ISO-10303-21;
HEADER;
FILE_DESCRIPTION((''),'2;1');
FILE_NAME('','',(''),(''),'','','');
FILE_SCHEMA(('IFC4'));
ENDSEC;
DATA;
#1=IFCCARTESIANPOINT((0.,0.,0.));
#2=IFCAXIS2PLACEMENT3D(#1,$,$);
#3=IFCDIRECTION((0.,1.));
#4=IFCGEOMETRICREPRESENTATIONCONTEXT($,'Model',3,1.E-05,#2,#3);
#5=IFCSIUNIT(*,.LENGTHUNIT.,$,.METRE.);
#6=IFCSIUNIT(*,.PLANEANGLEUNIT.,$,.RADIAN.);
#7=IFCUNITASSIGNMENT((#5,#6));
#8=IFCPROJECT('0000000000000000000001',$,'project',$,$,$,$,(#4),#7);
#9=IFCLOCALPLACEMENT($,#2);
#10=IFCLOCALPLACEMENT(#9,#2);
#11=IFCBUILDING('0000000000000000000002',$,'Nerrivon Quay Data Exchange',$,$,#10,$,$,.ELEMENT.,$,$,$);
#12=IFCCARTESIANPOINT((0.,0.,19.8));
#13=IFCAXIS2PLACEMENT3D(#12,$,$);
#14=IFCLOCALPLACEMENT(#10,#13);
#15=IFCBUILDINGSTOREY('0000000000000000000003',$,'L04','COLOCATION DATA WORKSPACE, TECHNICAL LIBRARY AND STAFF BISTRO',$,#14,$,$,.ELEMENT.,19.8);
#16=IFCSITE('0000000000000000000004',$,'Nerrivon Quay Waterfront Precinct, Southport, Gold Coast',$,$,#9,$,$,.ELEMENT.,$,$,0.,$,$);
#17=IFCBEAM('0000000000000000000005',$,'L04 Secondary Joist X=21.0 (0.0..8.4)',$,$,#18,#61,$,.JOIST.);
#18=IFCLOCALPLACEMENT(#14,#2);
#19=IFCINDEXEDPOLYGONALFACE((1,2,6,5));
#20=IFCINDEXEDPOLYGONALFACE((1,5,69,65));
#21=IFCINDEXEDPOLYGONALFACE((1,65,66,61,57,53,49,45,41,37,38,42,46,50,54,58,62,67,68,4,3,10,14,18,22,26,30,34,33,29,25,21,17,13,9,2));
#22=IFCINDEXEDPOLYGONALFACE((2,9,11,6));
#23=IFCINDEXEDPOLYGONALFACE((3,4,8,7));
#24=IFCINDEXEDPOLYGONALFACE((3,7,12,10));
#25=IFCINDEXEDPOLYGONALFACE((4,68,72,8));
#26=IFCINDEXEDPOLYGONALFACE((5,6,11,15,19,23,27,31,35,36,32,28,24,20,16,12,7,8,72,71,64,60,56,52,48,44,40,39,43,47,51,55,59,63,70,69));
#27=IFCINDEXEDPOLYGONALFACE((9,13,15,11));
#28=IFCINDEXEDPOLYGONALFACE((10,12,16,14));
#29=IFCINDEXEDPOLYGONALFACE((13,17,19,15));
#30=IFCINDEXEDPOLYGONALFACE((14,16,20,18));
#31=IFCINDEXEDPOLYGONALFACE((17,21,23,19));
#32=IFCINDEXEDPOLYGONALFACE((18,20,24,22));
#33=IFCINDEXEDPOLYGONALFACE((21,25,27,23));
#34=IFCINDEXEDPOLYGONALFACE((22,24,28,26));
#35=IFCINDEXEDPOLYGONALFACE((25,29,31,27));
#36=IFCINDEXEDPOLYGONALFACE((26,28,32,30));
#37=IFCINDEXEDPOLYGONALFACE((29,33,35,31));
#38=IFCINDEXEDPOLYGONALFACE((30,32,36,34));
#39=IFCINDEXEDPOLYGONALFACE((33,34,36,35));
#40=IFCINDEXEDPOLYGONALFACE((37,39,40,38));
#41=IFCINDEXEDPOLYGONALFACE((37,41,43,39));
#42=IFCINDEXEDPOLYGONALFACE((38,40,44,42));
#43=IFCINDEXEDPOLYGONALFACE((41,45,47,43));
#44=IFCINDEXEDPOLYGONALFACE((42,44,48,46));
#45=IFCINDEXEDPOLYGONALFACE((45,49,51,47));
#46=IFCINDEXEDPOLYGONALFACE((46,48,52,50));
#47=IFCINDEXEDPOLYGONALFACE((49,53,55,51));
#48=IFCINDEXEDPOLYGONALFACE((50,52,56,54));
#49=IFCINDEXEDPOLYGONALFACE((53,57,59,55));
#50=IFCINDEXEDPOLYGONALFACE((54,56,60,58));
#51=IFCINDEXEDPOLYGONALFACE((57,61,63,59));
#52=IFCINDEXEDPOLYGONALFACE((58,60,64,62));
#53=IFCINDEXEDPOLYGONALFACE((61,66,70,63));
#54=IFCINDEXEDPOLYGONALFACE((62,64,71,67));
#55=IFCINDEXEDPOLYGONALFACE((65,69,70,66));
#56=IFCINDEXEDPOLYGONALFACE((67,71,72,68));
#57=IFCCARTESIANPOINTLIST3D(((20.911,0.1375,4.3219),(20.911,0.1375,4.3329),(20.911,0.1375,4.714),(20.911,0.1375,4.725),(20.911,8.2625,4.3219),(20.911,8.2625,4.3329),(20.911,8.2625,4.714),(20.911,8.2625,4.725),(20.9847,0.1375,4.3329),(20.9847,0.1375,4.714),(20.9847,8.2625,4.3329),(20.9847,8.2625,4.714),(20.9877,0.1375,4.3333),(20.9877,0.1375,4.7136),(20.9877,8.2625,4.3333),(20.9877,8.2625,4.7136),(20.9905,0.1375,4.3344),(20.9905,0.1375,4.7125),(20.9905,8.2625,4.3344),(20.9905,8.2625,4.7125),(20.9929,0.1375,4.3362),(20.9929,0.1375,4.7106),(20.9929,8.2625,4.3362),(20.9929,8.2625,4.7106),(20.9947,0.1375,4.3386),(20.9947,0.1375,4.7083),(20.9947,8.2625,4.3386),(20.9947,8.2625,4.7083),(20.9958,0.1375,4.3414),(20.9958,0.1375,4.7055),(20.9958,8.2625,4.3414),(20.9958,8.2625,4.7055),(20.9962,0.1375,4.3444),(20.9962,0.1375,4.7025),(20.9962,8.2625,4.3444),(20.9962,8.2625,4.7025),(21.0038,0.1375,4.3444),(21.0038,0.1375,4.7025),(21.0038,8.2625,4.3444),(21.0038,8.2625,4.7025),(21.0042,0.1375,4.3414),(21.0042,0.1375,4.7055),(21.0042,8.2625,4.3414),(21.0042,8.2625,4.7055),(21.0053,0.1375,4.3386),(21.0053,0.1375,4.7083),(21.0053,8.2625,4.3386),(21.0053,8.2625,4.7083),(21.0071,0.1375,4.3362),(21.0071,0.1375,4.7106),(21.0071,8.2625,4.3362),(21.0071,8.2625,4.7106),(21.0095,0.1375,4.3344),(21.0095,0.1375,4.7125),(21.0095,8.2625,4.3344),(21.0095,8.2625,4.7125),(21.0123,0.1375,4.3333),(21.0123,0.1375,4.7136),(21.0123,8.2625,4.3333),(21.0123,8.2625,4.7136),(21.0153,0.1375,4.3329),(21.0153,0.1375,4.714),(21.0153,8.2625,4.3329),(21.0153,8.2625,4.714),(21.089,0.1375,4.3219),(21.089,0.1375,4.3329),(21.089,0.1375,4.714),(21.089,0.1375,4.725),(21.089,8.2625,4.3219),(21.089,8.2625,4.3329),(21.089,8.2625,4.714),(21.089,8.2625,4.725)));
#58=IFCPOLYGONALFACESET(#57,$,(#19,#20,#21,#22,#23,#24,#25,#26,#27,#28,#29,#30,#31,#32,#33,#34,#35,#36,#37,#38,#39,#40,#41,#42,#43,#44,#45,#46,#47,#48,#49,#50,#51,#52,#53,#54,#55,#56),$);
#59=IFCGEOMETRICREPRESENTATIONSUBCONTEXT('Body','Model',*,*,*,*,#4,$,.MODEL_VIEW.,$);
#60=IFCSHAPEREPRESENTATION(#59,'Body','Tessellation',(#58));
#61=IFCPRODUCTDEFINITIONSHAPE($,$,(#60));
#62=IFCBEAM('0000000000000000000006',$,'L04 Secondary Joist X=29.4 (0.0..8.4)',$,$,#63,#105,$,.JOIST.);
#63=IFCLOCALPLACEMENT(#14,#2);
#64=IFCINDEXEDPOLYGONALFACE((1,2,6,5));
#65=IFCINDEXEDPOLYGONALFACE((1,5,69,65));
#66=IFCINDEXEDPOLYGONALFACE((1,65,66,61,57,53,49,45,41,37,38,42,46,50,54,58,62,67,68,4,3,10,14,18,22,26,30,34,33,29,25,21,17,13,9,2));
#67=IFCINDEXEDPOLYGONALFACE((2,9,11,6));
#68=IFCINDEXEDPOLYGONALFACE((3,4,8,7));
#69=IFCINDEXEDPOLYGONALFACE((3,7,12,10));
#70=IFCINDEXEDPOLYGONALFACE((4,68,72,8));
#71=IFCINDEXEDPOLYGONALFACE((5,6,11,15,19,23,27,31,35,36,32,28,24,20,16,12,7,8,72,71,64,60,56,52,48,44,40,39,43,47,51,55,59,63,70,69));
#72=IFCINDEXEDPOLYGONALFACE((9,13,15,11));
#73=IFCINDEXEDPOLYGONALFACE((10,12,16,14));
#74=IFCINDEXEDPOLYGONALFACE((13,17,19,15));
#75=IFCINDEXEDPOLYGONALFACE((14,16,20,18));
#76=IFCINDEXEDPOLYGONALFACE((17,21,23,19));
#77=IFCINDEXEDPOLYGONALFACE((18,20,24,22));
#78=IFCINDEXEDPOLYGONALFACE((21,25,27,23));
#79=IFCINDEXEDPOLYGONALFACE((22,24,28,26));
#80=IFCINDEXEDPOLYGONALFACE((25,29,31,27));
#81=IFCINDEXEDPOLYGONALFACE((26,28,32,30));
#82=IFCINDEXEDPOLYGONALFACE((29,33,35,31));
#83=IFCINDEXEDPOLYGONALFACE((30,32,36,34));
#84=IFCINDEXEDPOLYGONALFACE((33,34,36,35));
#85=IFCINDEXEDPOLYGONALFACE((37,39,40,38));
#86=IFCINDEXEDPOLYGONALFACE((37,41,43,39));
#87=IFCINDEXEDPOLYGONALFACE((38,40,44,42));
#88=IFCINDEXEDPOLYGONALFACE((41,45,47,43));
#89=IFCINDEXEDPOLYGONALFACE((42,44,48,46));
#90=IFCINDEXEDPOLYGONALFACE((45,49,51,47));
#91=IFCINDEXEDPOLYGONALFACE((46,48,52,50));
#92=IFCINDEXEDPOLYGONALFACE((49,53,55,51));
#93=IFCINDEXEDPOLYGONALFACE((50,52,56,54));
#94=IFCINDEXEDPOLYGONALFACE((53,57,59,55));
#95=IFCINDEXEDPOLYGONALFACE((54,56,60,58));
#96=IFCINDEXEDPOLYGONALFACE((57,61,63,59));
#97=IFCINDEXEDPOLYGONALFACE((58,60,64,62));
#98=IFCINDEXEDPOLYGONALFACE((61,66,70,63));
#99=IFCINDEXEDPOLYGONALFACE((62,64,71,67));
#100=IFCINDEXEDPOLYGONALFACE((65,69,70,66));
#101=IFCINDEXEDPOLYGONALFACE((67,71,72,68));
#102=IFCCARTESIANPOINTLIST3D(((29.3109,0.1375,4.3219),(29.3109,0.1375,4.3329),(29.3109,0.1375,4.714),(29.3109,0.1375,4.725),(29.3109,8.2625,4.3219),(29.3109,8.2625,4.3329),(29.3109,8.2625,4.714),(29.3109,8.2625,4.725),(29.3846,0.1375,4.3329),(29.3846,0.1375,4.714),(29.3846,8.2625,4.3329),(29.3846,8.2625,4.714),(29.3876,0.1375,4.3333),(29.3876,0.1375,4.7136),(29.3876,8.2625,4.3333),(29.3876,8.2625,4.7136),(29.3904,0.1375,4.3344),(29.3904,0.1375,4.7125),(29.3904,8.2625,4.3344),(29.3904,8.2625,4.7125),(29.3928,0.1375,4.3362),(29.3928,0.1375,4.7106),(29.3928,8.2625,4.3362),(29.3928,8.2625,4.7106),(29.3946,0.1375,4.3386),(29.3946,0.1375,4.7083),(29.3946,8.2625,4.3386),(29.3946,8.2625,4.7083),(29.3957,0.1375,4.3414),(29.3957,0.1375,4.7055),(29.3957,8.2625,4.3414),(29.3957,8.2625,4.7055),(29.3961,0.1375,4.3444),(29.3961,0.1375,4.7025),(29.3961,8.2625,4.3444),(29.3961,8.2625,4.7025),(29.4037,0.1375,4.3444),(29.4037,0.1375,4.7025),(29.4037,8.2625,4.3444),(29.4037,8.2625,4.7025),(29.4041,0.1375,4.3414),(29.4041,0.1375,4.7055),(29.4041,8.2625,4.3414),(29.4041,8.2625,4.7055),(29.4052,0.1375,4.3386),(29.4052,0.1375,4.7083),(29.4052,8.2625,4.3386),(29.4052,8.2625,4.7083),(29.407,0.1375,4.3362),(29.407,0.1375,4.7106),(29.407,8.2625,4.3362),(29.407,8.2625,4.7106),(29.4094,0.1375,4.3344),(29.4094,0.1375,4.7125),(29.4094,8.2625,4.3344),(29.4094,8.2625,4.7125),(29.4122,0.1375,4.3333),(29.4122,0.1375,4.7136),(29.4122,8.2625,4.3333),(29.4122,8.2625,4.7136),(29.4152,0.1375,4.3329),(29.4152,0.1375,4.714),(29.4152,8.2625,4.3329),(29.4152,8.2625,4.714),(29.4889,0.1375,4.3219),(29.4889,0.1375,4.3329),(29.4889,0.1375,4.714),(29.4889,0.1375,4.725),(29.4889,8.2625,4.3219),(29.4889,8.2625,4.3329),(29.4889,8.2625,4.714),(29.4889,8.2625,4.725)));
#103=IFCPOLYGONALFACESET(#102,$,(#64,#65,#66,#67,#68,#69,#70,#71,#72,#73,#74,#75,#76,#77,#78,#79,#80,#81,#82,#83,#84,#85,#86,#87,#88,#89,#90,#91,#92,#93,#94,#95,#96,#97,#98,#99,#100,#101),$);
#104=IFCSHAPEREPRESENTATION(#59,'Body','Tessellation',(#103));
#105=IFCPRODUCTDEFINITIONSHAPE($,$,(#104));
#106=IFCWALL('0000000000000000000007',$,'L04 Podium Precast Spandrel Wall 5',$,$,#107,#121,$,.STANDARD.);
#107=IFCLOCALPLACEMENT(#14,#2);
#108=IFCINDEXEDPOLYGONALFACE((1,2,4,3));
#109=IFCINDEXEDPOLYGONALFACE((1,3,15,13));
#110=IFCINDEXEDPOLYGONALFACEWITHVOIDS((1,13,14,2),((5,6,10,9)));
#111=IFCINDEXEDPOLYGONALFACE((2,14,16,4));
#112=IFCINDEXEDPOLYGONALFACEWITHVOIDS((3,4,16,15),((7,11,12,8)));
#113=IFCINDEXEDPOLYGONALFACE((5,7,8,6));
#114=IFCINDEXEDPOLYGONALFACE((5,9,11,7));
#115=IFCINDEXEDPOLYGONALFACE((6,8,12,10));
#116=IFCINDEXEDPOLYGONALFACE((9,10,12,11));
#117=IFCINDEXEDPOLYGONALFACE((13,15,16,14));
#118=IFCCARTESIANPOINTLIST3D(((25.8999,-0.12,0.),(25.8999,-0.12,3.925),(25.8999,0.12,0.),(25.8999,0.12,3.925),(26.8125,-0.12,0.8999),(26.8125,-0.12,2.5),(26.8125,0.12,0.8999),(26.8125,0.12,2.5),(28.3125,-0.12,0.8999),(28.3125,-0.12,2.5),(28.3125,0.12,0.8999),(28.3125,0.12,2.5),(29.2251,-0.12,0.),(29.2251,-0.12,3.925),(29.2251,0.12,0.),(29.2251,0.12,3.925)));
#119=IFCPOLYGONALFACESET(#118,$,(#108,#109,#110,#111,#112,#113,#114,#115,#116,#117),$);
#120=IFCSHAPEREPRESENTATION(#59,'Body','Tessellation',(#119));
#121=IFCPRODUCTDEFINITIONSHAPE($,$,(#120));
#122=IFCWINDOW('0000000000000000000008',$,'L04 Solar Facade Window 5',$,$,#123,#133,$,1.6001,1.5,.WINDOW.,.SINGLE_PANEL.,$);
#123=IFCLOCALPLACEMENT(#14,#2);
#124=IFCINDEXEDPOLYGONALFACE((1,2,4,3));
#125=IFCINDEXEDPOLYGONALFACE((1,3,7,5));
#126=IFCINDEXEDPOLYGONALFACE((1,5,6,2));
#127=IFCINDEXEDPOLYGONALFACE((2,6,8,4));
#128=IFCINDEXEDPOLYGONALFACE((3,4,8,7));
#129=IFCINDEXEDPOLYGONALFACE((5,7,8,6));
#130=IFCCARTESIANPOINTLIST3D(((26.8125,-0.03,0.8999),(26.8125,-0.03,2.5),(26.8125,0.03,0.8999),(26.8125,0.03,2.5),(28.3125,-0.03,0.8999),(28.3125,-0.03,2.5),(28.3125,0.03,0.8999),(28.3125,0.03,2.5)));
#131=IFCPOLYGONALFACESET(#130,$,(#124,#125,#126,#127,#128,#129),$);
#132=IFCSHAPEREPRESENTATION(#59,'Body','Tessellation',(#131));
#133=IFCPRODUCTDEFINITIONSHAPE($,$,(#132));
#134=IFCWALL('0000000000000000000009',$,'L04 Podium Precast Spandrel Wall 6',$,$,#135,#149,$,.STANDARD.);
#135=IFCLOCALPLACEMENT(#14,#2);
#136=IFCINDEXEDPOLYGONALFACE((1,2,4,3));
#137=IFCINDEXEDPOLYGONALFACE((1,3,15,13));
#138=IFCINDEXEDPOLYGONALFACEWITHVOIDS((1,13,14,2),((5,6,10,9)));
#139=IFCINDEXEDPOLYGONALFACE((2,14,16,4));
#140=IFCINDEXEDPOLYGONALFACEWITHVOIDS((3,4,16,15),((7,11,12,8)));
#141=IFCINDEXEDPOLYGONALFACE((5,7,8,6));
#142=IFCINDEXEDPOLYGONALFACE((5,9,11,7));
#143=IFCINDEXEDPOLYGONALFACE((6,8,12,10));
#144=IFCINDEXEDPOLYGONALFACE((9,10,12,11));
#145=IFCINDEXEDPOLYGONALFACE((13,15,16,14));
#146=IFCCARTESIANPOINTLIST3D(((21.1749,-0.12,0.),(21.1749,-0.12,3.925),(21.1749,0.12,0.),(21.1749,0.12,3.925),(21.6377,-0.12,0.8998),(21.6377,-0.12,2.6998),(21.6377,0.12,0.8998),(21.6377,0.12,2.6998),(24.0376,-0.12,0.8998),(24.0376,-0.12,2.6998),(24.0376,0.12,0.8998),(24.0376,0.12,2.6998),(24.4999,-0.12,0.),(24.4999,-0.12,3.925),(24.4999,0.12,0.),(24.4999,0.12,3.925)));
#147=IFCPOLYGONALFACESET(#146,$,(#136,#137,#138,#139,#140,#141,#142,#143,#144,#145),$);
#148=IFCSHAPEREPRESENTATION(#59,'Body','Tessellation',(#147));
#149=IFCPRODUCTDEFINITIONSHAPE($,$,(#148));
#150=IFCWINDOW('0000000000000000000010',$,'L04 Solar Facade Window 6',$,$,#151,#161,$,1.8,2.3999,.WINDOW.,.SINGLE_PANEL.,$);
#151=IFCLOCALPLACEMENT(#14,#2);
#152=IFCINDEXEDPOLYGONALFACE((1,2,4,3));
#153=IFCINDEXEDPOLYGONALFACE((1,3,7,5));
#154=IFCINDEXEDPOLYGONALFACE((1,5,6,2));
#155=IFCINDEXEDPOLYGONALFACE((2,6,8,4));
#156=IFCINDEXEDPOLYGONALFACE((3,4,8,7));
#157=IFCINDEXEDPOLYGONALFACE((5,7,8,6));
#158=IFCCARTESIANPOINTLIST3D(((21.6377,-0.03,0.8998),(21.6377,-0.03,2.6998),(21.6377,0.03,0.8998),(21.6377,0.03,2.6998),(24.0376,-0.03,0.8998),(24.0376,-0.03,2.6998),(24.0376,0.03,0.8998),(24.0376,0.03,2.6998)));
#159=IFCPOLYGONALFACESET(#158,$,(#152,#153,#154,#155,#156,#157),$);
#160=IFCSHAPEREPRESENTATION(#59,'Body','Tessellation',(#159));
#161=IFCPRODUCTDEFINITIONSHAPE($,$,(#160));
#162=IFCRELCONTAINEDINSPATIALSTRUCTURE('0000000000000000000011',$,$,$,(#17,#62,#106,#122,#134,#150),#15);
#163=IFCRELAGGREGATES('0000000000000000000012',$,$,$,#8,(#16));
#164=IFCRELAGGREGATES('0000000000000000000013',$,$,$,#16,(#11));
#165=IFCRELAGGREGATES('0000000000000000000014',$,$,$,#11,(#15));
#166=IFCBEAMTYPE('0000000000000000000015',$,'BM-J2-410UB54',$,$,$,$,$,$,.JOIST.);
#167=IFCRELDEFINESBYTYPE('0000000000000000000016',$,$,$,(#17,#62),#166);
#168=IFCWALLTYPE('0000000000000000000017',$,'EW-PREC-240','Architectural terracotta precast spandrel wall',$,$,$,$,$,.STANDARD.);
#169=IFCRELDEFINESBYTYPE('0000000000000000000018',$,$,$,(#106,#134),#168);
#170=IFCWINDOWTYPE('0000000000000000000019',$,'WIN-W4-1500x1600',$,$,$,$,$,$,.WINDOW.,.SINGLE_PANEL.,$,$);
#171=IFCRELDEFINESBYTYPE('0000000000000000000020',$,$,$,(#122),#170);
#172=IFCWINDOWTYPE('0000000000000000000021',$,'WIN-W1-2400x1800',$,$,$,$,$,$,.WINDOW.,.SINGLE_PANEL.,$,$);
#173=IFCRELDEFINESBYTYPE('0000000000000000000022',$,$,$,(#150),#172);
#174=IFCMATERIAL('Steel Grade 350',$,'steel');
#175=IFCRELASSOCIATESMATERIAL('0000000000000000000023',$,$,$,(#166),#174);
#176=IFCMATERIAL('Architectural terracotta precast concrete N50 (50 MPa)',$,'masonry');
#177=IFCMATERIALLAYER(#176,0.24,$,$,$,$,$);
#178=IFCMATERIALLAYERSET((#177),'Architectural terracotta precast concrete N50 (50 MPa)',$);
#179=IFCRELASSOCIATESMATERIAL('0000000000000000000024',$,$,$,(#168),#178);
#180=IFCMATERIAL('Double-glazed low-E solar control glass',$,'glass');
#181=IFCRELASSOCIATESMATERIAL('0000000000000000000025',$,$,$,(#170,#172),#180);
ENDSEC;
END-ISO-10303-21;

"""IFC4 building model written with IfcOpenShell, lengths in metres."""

from ifc_helpers import new_model, si_unit, direction, frame, frame_2d, origin, origin_2d, place, context, subcontext, project, spatial, rectangle, i_section, extrude, material, layer, layer_set, material_profile, profile_set, type_object, element, fill, save


model = new_model("IFC4")

# Units and contexts
model_context = context("Model", 3, precision=1e-05, world=origin(), true_north=direction((0.0, 1.0)))
body_context = subcontext(model_context, "Body", "Model", "MODEL_VIEW")
ifc_project = project(units=[si_unit("LENGTHUNIT", "METRE"), si_unit("PLANEANGLEUNIT", "RADIAN")], contexts=[model_context])

# Site, building, storey
site_placement = place(None, origin())
site = spatial("IfcSite", under=ifc_project, at=site_placement, Name="Nerrivon Quay Waterfront Precinct, Southport, Gold Coast", CompositionType="ELEMENT", RefElevation=0.0)
building_placement = place(site_placement, origin())
building = spatial("IfcBuilding", under=site, at=building_placement, Name="Nerrivon Quay Data Exchange", CompositionType="ELEMENT")
storey_placement = place(building_placement, frame((0.0, 0.0, 19.8)))
storey = spatial("IfcBuildingStorey", under=building, at=storey_placement, Name="L04", Description="COLOCATION DATA WORKSPACE, TECHNICAL LIBRARY AND STAFF BISTRO", CompositionType="ELEMENT", Elevation=19.8)

# Beams
ifc_material_1 = material(Name="Steel Grade 350", Category="steel")
ifc_material_profile_1 = material_profile(ifc_material_1, i_section(OverallWidth=0.178, OverallDepth=0.4031, WebThickness=0.0076, FlangeThickness=0.011, FilletRadius=0.0115, at=origin_2d()), Name="410UB53.7")
ifc_profile_set_1 = profile_set([ifc_material_profile_1], Name="Steel Grade 350")
beam_type_1 = type_object("IfcBeamType", Name="BM-J2-410UB54", PredefinedType="JOIST", material=ifc_profile_set_1)
for number, where, z_axis, x_axis, name in (
    (1, (21.0, 0.1375, 4.5234), (0.0, 1.0, 0.0), (-1.0, 0.0, 0.0), "L04 Secondary Joist X=21.0 (0.0..8.4)"),
    (2, (29.3999, 0.1375, 4.5234), (0.0, 1.0, 0.0), (-1.0, 0.0, 0.0), "L04 Secondary Joist X=29.4 (0.0..8.4)"),
):
    element("IfcBeam", number, at=place(storey_placement, frame(where, z_axis=z_axis, x_axis=x_axis)), inside=storey, type_object=beam_type_1, Name=name, PredefinedType="JOIST", context=body_context, shape_type="SweptSolid", body=[
        extrude(i_section(OverallWidth=0.178, OverallDepth=0.4031, WebThickness=0.0076, FlangeThickness=0.011, FilletRadius=0.0115, at=origin_2d()), origin(), (0.0, 0.0, 1.0), 8.125),
    ])

# Walls, openings, windows
ifc_material_2 = material(Name="Architectural terracotta precast concrete N50 (50 MPa)", Category="masonry")
ifc_layer_1 = layer(ifc_material_2, 0.24)
ifc_layer_set_1 = layer_set([ifc_layer_1], Name="Architectural terracotta precast concrete N50 (50 MPa)")
wall_type_1 = type_object("IfcWallType", Name="EW-PREC-240", Description="Architectural terracotta precast spandrel wall", PredefinedType="STANDARD", material=ifc_layer_set_1)
wall_1_placement = place(storey_placement, frame((29.2251, 0.0, 0.0), z_axis=(0.0, 0.0, 1.0), x_axis=(-1.0, 0.0, 0.0)))
wall_1 = element("IfcWall", 3, at=wall_1_placement, inside=storey, type_object=wall_type_1, Name="L04 Podium Precast Spandrel Wall 5", PredefinedType="STANDARD", context=body_context, shape_type="SweptSolid", body=[
    extrude(rectangle(XDim=3.3252, YDim=0.24, at=frame_2d((1.6626, 0.0))), origin(), (0.0, 0.0, 1.0), 3.925),
])
opening_1_placement = place(wall_1_placement, frame((0.9126, 0.0, 0.8999)))
opening_1 = element("IfcOpeningElement", 4, at=opening_1_placement, cuts=wall_1, PredefinedType="OPENING", context=body_context, shape_type="SweptSolid", body=[
    extrude(rectangle(XDim=1.5, YDim=1.6001, at=frame_2d((0.75, 0.8))), frame((0.0, 0.1299, 0.0), z_axis=(0.0, -1.0, 0.0), x_axis=(1.0, 0.0, 0.0)), (0.0, 0.0, 1.0), 0.26),
])
ifc_material_3 = material(Name="Double-glazed low-E solar control glass", Category="glass")
window_type_1 = type_object("IfcWindowType", Name="WIN-W4-1500x1600", PartitioningType="SINGLE_PANEL", PredefinedType="WINDOW", material=ifc_material_3)
window_1_placement = place(opening_1_placement, origin())
window_1 = element("IfcWindow", 5, at=window_1_placement, inside=storey, type_object=window_type_1, Name="L04 Solar Facade Window 5", OverallHeight=1.6001, OverallWidth=1.5, PartitioningType="SINGLE_PANEL", PredefinedType="WINDOW", context=body_context, shape_type="SweptSolid", body=[
    extrude(rectangle(XDim=1.5, YDim=1.6001, at=frame_2d((0.75, 0.8))), frame((0.0, 0.03, 0.0), z_axis=(0.0, -1.0, 0.0), x_axis=(1.0, 0.0, 0.0)), (0.0, 0.0, 1.0), 0.0601),
])
fill(opening_1, window_1)
wall_2_placement = place(storey_placement, frame((24.5, 0.0, 0.0), z_axis=(0.0, 0.0, 1.0), x_axis=(-1.0, 0.0, 0.0)))
wall_2 = element("IfcWall", 6, at=wall_2_placement, inside=storey, type_object=wall_type_1, Name="L04 Podium Precast Spandrel Wall 6", PredefinedType="STANDARD", context=body_context, shape_type="SweptSolid", body=[
    extrude(rectangle(XDim=3.325, YDim=0.24, at=frame_2d((1.6626, 0.0))), origin(), (0.0, 0.0, 1.0), 3.925),
])
opening_2_placement = place(wall_2_placement, frame((0.4624, 0.0, 0.8999)))
opening_2 = element("IfcOpeningElement", 7, at=opening_2_placement, cuts=wall_2, PredefinedType="OPENING", context=body_context, shape_type="SweptSolid", body=[
    extrude(rectangle(XDim=2.3999, YDim=1.8, at=frame_2d((1.2, 0.8999))), frame((0.0, 0.1299, 0.0), z_axis=(0.0, -1.0, 0.0), x_axis=(1.0, 0.0, 0.0)), (0.0, 0.0, 1.0), 0.26),
])
window_type_2 = type_object("IfcWindowType", Name="WIN-W1-2400x1800", PartitioningType="SINGLE_PANEL", PredefinedType="WINDOW", material=ifc_material_3)
window_2_placement = place(opening_2_placement, origin())
window_2 = element("IfcWindow", 8, at=window_2_placement, inside=storey, type_object=window_type_2, Name="L04 Solar Facade Window 6", OverallHeight=1.8, OverallWidth=2.3999, PartitioningType="SINGLE_PANEL", PredefinedType="WINDOW", context=body_context, shape_type="SweptSolid", body=[
    extrude(rectangle(XDim=2.3999, YDim=1.8, at=frame_2d((1.2, 0.8999))), frame((0.0, 0.03, 0.0), z_axis=(0.0, -1.0, 0.0), x_axis=(1.0, 0.0, 0.0)), (0.0, 0.0, 1.0), 0.0601),
])
fill(opening_2, window_2)

save(model, "model.ifc")
